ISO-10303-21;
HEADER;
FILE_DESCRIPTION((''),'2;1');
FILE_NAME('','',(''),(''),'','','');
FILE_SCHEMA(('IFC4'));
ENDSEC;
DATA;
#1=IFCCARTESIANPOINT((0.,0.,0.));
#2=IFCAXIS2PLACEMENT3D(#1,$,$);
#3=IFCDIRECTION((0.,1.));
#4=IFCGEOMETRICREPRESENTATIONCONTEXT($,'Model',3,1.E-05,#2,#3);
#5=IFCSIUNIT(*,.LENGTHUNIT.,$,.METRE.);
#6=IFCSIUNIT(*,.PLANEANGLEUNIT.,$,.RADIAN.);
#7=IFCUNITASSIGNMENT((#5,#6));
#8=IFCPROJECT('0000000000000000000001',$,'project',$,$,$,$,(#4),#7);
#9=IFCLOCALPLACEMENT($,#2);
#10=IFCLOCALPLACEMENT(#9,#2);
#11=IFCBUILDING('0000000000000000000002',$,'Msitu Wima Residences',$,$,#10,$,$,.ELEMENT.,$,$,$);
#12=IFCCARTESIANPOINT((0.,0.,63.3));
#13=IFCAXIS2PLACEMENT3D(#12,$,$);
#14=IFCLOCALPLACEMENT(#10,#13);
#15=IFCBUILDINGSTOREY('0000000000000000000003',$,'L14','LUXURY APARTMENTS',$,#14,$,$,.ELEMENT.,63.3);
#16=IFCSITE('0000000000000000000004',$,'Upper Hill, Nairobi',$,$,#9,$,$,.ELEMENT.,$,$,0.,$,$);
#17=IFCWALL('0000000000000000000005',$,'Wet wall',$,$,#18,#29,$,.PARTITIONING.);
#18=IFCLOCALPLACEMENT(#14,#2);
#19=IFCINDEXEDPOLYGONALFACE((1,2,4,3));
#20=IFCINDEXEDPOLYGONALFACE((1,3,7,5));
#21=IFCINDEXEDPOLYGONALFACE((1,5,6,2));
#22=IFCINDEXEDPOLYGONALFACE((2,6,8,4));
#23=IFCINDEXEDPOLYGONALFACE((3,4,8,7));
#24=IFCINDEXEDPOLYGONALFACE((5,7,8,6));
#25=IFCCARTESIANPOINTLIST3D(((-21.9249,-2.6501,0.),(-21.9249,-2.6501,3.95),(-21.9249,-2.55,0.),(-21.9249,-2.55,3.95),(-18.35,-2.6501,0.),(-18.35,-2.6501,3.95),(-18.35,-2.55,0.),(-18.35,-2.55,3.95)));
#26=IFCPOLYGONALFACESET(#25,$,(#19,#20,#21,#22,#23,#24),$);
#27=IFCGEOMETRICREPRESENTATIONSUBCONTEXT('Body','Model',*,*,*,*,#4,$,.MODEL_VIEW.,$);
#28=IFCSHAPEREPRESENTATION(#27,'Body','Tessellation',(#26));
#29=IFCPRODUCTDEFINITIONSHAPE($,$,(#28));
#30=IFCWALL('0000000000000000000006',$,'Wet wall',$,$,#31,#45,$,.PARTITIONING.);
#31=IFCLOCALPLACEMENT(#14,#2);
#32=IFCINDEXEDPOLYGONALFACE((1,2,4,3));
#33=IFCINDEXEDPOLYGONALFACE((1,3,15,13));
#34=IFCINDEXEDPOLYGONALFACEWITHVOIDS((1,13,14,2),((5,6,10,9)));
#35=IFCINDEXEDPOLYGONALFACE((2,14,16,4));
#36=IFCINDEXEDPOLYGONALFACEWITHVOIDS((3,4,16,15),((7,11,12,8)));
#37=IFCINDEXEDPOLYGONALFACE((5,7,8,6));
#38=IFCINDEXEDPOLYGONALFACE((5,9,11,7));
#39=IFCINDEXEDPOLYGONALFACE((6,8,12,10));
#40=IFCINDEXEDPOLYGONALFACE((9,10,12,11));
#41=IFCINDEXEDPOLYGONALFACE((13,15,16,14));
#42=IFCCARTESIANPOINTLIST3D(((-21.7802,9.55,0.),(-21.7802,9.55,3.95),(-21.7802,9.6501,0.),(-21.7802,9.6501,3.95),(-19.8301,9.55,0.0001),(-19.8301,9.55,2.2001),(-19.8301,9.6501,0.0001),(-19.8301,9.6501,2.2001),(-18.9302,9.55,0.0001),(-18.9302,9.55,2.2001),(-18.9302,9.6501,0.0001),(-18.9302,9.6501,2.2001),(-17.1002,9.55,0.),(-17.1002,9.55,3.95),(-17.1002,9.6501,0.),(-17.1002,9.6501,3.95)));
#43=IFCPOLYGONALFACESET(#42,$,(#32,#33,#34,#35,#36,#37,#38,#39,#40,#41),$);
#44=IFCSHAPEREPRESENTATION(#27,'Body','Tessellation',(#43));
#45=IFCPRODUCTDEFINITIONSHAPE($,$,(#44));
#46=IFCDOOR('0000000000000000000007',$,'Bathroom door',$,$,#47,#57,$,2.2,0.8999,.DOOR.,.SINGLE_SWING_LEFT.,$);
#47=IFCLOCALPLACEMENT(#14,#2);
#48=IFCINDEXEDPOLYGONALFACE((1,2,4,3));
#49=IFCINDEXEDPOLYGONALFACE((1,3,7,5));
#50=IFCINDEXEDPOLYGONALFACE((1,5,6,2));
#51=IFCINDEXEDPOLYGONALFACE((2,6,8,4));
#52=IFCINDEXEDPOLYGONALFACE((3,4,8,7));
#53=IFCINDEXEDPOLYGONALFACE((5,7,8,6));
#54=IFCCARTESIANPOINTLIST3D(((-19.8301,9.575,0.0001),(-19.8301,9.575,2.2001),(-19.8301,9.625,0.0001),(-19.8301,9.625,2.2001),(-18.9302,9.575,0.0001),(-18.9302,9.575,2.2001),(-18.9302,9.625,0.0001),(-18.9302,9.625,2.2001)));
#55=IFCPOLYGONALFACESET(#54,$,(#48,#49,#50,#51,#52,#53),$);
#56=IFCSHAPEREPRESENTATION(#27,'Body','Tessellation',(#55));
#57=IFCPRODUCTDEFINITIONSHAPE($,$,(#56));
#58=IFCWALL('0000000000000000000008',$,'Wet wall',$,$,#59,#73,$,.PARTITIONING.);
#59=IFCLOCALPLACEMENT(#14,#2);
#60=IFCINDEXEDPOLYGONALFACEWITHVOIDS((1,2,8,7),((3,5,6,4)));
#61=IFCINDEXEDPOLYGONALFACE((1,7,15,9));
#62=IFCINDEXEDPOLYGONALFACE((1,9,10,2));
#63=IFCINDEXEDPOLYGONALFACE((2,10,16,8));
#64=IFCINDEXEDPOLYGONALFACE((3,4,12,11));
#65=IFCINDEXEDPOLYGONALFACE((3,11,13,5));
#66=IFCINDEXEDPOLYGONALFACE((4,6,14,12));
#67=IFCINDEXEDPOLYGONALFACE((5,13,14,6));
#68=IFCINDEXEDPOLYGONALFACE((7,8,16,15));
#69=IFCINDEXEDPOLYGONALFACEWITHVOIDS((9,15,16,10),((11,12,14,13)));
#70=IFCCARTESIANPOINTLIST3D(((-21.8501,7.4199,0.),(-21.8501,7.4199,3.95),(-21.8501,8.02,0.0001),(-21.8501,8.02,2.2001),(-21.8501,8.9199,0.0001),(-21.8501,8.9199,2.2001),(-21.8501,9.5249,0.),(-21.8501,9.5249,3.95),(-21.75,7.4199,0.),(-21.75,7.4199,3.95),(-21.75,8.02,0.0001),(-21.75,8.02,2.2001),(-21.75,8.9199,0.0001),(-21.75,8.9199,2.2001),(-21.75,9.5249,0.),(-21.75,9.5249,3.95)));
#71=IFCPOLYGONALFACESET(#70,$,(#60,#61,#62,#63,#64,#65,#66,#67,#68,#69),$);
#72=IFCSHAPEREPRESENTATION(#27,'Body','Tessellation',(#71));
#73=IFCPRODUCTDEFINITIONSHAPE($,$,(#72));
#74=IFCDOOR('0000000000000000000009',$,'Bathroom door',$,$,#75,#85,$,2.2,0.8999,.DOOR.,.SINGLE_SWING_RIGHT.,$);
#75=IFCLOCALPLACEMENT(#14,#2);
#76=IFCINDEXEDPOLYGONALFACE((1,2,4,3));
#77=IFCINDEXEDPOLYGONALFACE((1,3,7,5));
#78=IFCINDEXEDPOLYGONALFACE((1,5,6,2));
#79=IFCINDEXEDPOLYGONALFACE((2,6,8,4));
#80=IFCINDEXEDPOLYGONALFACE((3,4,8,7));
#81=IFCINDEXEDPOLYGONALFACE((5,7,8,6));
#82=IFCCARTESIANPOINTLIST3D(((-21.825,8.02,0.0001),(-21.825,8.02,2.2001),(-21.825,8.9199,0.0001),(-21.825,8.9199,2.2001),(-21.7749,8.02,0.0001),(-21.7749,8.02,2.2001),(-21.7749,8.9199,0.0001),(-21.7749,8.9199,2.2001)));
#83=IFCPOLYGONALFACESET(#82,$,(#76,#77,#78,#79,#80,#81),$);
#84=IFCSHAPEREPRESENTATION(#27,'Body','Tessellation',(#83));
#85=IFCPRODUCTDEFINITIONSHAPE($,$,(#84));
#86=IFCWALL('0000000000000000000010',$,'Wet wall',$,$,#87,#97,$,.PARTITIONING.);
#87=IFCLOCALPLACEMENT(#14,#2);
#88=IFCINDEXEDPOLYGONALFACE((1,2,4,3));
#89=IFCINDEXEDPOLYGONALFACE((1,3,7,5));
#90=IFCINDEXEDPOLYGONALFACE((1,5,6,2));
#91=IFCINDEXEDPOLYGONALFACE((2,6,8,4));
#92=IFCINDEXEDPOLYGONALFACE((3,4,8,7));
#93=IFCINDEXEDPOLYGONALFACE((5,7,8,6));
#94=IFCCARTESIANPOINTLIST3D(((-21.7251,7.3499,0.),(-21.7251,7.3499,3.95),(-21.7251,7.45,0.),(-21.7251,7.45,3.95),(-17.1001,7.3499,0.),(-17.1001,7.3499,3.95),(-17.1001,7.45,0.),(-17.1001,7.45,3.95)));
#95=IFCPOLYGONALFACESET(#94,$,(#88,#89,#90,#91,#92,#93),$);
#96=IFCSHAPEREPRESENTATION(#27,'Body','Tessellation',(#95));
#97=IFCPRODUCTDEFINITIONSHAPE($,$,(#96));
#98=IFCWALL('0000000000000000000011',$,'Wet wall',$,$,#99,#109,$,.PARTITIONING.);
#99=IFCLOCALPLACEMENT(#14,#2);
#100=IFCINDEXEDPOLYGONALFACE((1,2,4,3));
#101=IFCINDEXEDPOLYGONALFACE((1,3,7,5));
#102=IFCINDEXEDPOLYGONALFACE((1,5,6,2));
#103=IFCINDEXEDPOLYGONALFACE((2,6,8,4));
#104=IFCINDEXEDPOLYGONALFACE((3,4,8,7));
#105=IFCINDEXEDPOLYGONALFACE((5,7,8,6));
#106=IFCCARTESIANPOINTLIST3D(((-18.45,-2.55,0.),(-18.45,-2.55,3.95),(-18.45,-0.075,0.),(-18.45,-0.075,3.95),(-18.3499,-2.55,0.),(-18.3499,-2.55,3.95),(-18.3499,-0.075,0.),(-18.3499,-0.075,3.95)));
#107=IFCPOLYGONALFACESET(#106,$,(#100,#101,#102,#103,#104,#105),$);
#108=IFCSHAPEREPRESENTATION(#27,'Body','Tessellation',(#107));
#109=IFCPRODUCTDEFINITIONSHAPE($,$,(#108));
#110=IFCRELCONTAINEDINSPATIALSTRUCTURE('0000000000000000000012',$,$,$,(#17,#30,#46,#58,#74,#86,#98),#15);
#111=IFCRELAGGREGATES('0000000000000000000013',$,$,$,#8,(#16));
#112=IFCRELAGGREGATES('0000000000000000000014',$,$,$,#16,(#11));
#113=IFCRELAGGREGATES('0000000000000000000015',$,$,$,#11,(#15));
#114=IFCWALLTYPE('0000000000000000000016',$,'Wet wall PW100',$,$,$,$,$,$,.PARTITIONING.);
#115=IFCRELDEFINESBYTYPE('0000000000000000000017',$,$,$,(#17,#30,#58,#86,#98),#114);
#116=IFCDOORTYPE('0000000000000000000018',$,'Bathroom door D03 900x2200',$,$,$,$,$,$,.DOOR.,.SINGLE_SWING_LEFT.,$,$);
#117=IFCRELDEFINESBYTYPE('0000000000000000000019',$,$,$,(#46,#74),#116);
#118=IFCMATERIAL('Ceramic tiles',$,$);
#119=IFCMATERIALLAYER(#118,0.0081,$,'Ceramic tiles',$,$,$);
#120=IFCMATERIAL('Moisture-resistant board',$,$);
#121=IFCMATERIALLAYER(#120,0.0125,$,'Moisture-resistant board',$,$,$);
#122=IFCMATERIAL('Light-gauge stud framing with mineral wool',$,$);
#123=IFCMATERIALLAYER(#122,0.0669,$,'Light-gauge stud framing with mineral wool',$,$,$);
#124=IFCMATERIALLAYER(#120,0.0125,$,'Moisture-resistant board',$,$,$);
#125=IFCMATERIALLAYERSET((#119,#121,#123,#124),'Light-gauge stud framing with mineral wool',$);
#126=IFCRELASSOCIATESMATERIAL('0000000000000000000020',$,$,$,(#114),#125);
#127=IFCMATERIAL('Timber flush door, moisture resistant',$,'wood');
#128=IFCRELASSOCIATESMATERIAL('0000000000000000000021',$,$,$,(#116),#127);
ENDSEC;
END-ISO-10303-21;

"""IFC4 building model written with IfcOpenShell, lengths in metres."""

from ifc_helpers import new_model, si_unit, direction, frame, frame_2d, origin, place, context, subcontext, project, spatial, rectangle, extrude, material, layer, layer_set, type_object, element, fill, save


model = new_model("IFC4")

# Units and contexts
model_context = context("Model", 3, precision=1e-05, world=origin(), true_north=direction((0.0, 1.0)))
body_context = subcontext(model_context, "Body", "Model", "MODEL_VIEW")
ifc_project = project(units=[si_unit("LENGTHUNIT", "METRE"), si_unit("PLANEANGLEUNIT", "RADIAN")], contexts=[model_context])

# Site, building, storey
site_placement = place(None, origin())
site = spatial("IfcSite", under=ifc_project, at=site_placement, Name="Upper Hill, Nairobi", CompositionType="ELEMENT", RefElevation=0.0)
building_placement = place(site_placement, origin())
building = spatial("IfcBuilding", under=site, at=building_placement, Name="Msitu Wima Residences", CompositionType="ELEMENT")
storey_placement = place(building_placement, frame((0.0, 0.0, 63.3)))
storey = spatial("IfcBuildingStorey", under=building, at=storey_placement, Name="L14", Description="LUXURY APARTMENTS", CompositionType="ELEMENT", Elevation=63.3)

# Shared definitions
ifc_material_1 = material(Name="Light-gauge stud framing with mineral wool")
ifc_material_2 = material(Name="Ceramic tiles")
ifc_layer_1 = layer(ifc_material_2, 0.0081, Name="Ceramic tiles")
ifc_material_3 = material(Name="Moisture-resistant board")
ifc_layer_2 = layer(ifc_material_3, 0.0125, Name="Moisture-resistant board")
ifc_layer_3 = layer(ifc_material_1, 0.0669, Name="Light-gauge stud framing with mineral wool")
ifc_layer_4 = layer(ifc_material_3, 0.0125, Name="Moisture-resistant board")
ifc_layer_set_1 = layer_set([ifc_layer_1, ifc_layer_2, ifc_layer_3, ifc_layer_4], Name="Light-gauge stud framing with mineral wool")
wall_type_1 = type_object("IfcWallType", Name="Wet wall PW100", PredefinedType="PARTITIONING", material=ifc_layer_set_1)

# Shared definitions
ifc_material_4 = material(Name="Timber flush door, moisture resistant", Category="wood")
door_type_1 = type_object("IfcDoorType", Name="Bathroom door D03 900x2200", OperationType="SINGLE_SWING_LEFT", PredefinedType="DOOR", material=ifc_material_4)

# Wall
wall_1_placement = place(storey_placement, frame((-21.925, -2.6001, 0.0), z_axis=(0.0, 0.0, 1.0), x_axis=(1.0, 0.0, 0.0)))
element("IfcWall", 1, at=wall_1_placement, inside=storey, type_object=wall_type_1, Name="Wet wall", PredefinedType="PARTITIONING", context=body_context, shape_type="SweptSolid", body=[
    extrude(rectangle(XDim=3.575, YDim=0.1001, at=frame_2d((1.7876, 0.0))), origin(), (0.0, 0.0, 1.0), 3.95),
])

# Walls, openings, doors
wall_2_placement = place(storey_placement, frame((-21.78, 9.6001, 0.0), z_axis=(0.0, 0.0, 1.0), x_axis=(1.0, 0.0, 0.0)))
wall_2 = element("IfcWall", 2, at=wall_2_placement, inside=storey, type_object=wall_type_1, Name="Wet wall", PredefinedType="PARTITIONING", context=body_context, shape_type="SweptSolid", body=[
    extrude(rectangle(XDim=4.6799, YDim=0.1001, at=frame_2d((2.3398, 0.0))), origin(), (0.0, 0.0, 1.0), 3.95),
])
opening_1_placement = place(wall_2_placement, frame((1.95, 0.0, 0.0)))
opening_1 = element("IfcOpeningElement", 3, at=opening_1_placement, cuts=wall_2, PredefinedType="OPENING", context=body_context, shape_type="SweptSolid", body=[
    extrude(rectangle(XDim=0.8999, YDim=2.2, at=frame_2d((0.45, 1.1001))), frame((0.0, 0.0601, 0.0), z_axis=(0.0, -1.0, 0.0), x_axis=(1.0, 0.0, 0.0)), (0.0, 0.0, 1.0), 0.1201),
])
door_1_placement = place(opening_1_placement, origin())
door_1 = element("IfcDoor", 4, at=door_1_placement, inside=storey, type_object=door_type_1, Name="Bathroom door", OperationType="SINGLE_SWING_LEFT", OverallHeight=2.2, OverallWidth=0.8999, PredefinedType="DOOR", context=body_context, shape_type="SweptSolid", body=[
    extrude(rectangle(XDim=0.8999, YDim=2.2, at=frame_2d((0.45, 1.1001))), frame((0.0, 0.0249, 0.0), z_axis=(0.0, -1.0, 0.0), x_axis=(1.0, 0.0, 0.0)), (0.0, 0.0, 1.0), 0.05),
])
fill(opening_1, door_1)
wall_3_placement = place(storey_placement, frame((-21.8, 7.4199, 0.0), z_axis=(0.0, 0.0, 1.0), x_axis=(0.0, 1.0, 0.0)))
wall_3 = element("IfcWall", 5, at=wall_3_placement, inside=storey, type_object=wall_type_1, Name="Wet wall", PredefinedType="PARTITIONING", context=body_context, shape_type="SweptSolid", body=[
    extrude(rectangle(XDim=2.105, YDim=0.1001, at=frame_2d((1.0525, 0.0))), origin(), (0.0, 0.0, 1.0), 3.95),
])
opening_2_placement = place(wall_3_placement, frame((0.6001, 0.0, 0.0)))
opening_2 = element("IfcOpeningElement", 6, at=opening_2_placement, cuts=wall_3, PredefinedType="OPENING", context=body_context, shape_type="SweptSolid", body=[
    extrude(rectangle(XDim=0.8999, YDim=2.2, at=frame_2d((0.45, 1.1001))), frame((0.0, 0.0601, 0.0), z_axis=(0.0, -1.0, 0.0), x_axis=(1.0, 0.0, 0.0)), (0.0, 0.0, 1.0), 0.1201),
])
door_2_placement = place(opening_2_placement, origin())
door_2 = element("IfcDoor", 7, at=door_2_placement, inside=storey, type_object=door_type_1, Name="Bathroom door", OperationType="SINGLE_SWING_RIGHT", OverallHeight=2.2, OverallWidth=0.8999, PredefinedType="DOOR", context=body_context, shape_type="SweptSolid", body=[
    extrude(rectangle(XDim=0.8999, YDim=2.2, at=frame_2d((0.45, 1.1001))), frame((0.0, 0.0249, 0.0), z_axis=(0.0, -1.0, 0.0), x_axis=(1.0, 0.0, 0.0)), (0.0, 0.0, 1.0), 0.05),
])
fill(opening_2, door_2)

# Walls
wall_4_placement = place(storey_placement, frame((-21.7251, 7.3999, 0.0), z_axis=(0.0, 0.0, 1.0), x_axis=(1.0, 0.0, 0.0)))
element("IfcWall", 8, at=wall_4_placement, inside=storey, type_object=wall_type_1, Name="Wet wall", PredefinedType="PARTITIONING", context=body_context, shape_type="SweptSolid", body=[
    extrude(rectangle(XDim=4.625, YDim=0.1001, at=frame_2d((2.3125, 0.0))), origin(), (0.0, 0.0, 1.0), 3.95),
])
wall_5_placement = place(storey_placement, frame((-18.3999, -2.55, 0.0), z_axis=(0.0, 0.0, 1.0), x_axis=(0.0, 1.0, 0.0)))
element("IfcWall", 9, at=wall_5_placement, inside=storey, type_object=wall_type_1, Name="Wet wall", PredefinedType="PARTITIONING", context=body_context, shape_type="SweptSolid", body=[
    extrude(rectangle(XDim=2.4751, YDim=0.1001, at=frame_2d((1.2375, 0.0))), origin(), (0.0, 0.0, 1.0), 3.95),
])

save(model, "model.ifc")
